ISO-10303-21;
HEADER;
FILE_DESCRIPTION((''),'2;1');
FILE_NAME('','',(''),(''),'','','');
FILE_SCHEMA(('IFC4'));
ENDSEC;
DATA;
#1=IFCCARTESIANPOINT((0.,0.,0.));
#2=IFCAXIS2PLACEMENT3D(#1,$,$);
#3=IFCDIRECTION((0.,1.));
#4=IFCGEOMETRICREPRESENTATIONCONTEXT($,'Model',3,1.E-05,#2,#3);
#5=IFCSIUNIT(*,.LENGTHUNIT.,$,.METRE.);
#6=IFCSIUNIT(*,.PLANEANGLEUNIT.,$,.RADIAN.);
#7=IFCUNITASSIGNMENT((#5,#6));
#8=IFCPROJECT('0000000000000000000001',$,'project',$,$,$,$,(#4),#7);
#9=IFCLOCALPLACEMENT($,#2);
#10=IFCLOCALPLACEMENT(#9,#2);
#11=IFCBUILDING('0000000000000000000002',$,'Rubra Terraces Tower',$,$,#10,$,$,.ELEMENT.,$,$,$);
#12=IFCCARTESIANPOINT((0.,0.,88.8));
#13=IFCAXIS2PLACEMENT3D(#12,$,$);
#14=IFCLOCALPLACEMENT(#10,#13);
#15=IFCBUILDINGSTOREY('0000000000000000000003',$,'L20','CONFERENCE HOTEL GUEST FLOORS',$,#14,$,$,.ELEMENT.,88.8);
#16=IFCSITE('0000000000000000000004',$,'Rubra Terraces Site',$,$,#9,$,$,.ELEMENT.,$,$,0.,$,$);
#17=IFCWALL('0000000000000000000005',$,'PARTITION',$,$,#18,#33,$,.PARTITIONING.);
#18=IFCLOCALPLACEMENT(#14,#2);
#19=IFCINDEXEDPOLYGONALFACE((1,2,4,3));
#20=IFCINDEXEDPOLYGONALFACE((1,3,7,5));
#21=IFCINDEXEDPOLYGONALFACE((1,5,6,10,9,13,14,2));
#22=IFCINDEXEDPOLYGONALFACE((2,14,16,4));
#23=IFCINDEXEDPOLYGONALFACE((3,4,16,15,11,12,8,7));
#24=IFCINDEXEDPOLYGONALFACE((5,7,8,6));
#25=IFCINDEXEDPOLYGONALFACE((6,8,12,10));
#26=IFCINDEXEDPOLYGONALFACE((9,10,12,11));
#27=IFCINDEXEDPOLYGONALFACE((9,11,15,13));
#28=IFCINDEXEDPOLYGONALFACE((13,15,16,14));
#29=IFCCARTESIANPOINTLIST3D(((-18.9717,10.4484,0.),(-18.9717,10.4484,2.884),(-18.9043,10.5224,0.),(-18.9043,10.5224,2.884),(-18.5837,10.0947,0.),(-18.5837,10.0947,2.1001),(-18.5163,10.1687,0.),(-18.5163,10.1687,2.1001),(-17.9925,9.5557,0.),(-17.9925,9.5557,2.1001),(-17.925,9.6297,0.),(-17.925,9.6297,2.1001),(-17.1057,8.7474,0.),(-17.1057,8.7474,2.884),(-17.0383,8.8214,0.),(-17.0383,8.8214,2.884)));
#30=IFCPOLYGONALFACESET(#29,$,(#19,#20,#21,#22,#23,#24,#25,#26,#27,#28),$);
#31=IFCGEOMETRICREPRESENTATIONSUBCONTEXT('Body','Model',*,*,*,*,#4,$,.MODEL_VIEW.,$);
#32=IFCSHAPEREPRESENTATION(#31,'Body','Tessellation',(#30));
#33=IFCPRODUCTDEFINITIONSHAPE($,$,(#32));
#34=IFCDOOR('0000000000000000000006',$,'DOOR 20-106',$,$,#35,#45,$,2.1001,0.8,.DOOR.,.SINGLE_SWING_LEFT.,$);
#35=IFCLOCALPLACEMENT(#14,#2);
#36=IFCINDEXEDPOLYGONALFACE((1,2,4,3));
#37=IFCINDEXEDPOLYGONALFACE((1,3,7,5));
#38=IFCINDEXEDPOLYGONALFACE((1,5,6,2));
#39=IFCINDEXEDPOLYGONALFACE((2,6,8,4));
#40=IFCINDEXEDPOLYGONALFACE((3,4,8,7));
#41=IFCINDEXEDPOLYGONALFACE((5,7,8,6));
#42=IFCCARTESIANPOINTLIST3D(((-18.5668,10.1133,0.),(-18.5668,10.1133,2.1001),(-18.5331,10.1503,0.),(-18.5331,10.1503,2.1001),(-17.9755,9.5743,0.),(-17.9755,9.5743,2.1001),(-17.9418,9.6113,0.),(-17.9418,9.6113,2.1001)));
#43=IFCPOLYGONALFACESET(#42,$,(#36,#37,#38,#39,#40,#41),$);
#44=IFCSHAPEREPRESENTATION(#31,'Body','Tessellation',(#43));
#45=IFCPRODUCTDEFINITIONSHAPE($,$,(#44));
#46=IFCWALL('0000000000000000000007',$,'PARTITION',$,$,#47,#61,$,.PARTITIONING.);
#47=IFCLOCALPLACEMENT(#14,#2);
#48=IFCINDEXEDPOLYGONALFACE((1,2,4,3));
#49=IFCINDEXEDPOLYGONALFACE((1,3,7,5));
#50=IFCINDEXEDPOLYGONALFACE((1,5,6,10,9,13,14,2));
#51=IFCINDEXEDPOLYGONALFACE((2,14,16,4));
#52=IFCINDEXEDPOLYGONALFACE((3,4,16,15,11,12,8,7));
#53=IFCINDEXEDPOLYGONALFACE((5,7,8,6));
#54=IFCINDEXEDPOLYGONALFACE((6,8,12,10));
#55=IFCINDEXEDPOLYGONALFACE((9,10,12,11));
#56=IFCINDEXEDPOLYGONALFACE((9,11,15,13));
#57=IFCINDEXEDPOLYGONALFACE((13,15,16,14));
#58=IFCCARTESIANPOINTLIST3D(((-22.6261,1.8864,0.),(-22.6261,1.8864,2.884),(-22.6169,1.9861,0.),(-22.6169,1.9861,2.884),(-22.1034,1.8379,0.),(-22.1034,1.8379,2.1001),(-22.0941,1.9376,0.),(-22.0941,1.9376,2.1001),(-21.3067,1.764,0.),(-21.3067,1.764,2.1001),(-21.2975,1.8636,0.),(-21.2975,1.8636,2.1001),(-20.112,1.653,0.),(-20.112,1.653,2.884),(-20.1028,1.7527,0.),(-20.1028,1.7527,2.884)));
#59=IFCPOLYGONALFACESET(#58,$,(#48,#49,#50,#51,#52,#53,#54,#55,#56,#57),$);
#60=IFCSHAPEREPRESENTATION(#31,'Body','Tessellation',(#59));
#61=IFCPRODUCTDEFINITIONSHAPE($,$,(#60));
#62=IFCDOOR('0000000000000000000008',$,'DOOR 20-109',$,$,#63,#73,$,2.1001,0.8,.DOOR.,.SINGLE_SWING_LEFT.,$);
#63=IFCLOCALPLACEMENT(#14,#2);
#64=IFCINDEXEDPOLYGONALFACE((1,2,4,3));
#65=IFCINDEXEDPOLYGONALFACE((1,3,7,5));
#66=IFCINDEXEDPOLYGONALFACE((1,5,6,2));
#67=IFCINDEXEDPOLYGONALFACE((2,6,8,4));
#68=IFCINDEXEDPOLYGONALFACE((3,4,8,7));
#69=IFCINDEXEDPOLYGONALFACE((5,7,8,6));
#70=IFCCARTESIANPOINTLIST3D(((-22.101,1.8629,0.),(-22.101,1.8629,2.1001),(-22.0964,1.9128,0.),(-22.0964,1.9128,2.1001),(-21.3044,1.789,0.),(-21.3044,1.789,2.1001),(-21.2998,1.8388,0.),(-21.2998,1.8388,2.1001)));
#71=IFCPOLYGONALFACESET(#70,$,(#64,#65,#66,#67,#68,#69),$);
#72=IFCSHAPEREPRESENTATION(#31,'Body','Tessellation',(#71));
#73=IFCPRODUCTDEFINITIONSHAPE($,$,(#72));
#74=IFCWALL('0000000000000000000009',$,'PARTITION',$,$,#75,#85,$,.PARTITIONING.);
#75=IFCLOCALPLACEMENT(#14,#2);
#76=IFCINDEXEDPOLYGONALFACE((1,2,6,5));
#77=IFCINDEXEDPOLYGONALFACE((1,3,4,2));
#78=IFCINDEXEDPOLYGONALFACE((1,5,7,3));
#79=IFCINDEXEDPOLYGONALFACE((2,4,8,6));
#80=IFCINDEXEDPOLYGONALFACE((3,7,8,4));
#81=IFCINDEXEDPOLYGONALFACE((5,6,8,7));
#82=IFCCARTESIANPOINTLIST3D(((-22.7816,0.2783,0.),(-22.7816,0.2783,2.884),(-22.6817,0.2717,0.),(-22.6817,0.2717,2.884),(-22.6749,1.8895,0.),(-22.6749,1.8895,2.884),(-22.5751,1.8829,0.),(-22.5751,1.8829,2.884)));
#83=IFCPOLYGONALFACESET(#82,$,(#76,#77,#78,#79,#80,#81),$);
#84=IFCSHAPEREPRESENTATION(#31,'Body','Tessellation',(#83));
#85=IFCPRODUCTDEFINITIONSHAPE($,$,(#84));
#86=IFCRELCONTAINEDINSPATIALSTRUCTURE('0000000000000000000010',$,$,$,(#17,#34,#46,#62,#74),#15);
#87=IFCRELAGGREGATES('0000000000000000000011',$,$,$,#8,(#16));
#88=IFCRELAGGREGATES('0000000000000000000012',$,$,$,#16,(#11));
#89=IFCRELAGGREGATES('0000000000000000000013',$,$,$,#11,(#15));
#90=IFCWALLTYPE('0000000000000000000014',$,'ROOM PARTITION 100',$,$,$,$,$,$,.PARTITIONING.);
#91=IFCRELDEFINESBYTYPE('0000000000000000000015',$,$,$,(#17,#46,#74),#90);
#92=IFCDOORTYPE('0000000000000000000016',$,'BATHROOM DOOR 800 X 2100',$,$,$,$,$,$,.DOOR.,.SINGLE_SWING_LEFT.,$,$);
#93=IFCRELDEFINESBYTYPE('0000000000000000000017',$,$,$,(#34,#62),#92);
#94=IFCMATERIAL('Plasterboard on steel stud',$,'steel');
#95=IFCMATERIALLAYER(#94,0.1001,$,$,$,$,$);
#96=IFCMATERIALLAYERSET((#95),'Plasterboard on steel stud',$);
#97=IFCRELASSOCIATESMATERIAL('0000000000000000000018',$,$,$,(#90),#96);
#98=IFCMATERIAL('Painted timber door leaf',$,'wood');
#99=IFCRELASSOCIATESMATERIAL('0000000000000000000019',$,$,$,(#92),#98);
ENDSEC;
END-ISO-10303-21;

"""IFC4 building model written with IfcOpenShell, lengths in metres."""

from ifc_helpers import new_model, si_unit, direction, frame, frame_2d, origin, place, context, subcontext, project, spatial, rectangle, extrude, material, layer, layer_set, type_object, element, fill, save


model = new_model("IFC4")

# Units and contexts
model_context = context("Model", 3, precision=1e-05, world=origin(), true_north=direction((0.0, 1.0)))
body_context = subcontext(model_context, "Body", "Model", "MODEL_VIEW")
ifc_project = project(units=[si_unit("LENGTHUNIT", "METRE"), si_unit("PLANEANGLEUNIT", "RADIAN")], contexts=[model_context])

# Site, building, storey
site_placement = place(None, origin())
site = spatial("IfcSite", under=ifc_project, at=site_placement, Name="Rubra Terraces Site", CompositionType="ELEMENT", RefElevation=0.0)
building_placement = place(site_placement, origin())
building = spatial("IfcBuilding", under=site, at=building_placement, Name="Rubra Terraces Tower", CompositionType="ELEMENT")
storey_placement = place(building_placement, frame((0.0, 0.0, 88.8)))
storey = spatial("IfcBuildingStorey", under=building, at=storey_placement, Name="L20", Description="CONFERENCE HOTEL GUEST FLOORS", CompositionType="ELEMENT", Elevation=88.8)

# Shared definitions
ifc_material_1 = material(Name="Painted timber door leaf", Category="wood")

# Walls, openings, doors
ifc_material_2 = material(Name="Plasterboard on steel stud", Category="steel")
ifc_layer_1 = layer(ifc_material_2, 0.1001)
ifc_layer_set_1 = layer_set([ifc_layer_1], Name="Plasterboard on steel stud")
wall_type_1 = type_object("IfcWallType", Name="ROOM PARTITION 100", PredefinedType="PARTITIONING", material=ifc_layer_set_1)
wall_1_placement = place(storey_placement, frame((-17.072, 8.7844, 0.0), z_axis=(0.0, 0.0, 1.0), x_axis=(-0.739034, 0.673668, 0.0)))
wall_1 = element("IfcWall", 1, at=wall_1_placement, inside=storey, type_object=wall_type_1, Name="PARTITION", PredefinedType="PARTITIONING", context=body_context, shape_type="SweptSolid", body=[
    extrude(rectangle(XDim=2.5249, YDim=0.1001, at=frame_2d((1.2625, 0.0))), origin(), (0.0, 0.0, 1.0), 2.884),
])
opening_1_placement = place(wall_1_placement, frame((1.2, 0.0, 0.0)))
opening_1 = element("IfcOpeningElement", 2, at=opening_1_placement, cuts=wall_1, PredefinedType="OPENING", context=body_context, shape_type="SweptSolid", body=[
    extrude(rectangle(XDim=0.8, YDim=2.1001, at=frame_2d((0.3999, 1.05))), frame((0.0, 0.0601, 0.0), z_axis=(0.0, -1.0, 0.0), x_axis=(1.0, 0.0, 0.0)), (0.0, 0.0, 1.0), 0.1201),
])
door_type_1 = type_object("IfcDoorType", Name="BATHROOM DOOR 800 X 2100", OperationType="SINGLE_SWING_LEFT", PredefinedType="DOOR", material=ifc_material_1)
door_1_placement = place(opening_1_placement, origin())
door_1 = element("IfcDoor", 3, at=door_1_placement, inside=storey, type_object=door_type_1, Name="DOOR 20-106", OperationType="SINGLE_SWING_LEFT", OverallHeight=2.1001, OverallWidth=0.8, PredefinedType="DOOR", context=body_context, shape_type="SweptSolid", body=[
    extrude(rectangle(XDim=0.8, YDim=2.1001, at=frame_2d((0.3999, 1.05))), frame((0.0, 0.0249, 0.0), z_axis=(0.0, -1.0, 0.0), x_axis=(1.0, 0.0, 0.0)), (0.0, 0.0, 1.0), 0.05),
])
fill(opening_1, door_1)
wall_2_placement = place(storey_placement, frame((-20.1074, 1.7029, 0.0), z_axis=(0.0, 0.0, 1.0), x_axis=(-0.995719, 0.092436, 0.0)))
wall_2 = element("IfcWall", 4, at=wall_2_placement, inside=storey, type_object=wall_type_1, Name="PARTITION", PredefinedType="PARTITIONING", context=body_context, shape_type="SweptSolid", body=[
    extrude(rectangle(XDim=2.5249, YDim=0.1001, at=frame_2d((1.2625, 0.0))), origin(), (0.0, 0.0, 1.0), 2.884),
])
opening_2_placement = place(wall_2_placement, frame((1.2, 0.0, 0.0)))
opening_2 = element("IfcOpeningElement", 5, at=opening_2_placement, cuts=wall_2, PredefinedType="OPENING", context=body_context, shape_type="SweptSolid", body=[
    extrude(rectangle(XDim=0.8, YDim=2.1001, at=frame_2d((0.3999, 1.05))), frame((0.0, 0.0601, 0.0), z_axis=(0.0, -1.0, 0.0), x_axis=(1.0, 0.0, 0.0)), (0.0, 0.0, 1.0), 0.1201),
])
door_2_placement = place(opening_2_placement, origin())
door_2 = element("IfcDoor", 6, at=door_2_placement, inside=storey, type_object=door_type_1, Name="DOOR 20-109", OperationType="SINGLE_SWING_LEFT", OverallHeight=2.1001, OverallWidth=0.8, PredefinedType="DOOR", context=body_context, shape_type="SweptSolid", body=[
    extrude(rectangle(XDim=0.8, YDim=2.1001, at=frame_2d((0.3999, 1.05))), frame((0.0, 0.0249, 0.0), z_axis=(0.0, -1.0, 0.0), x_axis=(1.0, 0.0, 0.0)), (0.0, 0.0, 1.0), 0.05),
])
fill(opening_2, door_2)

# Wall
wall_3_placement = place(storey_placement, frame((-22.625, 1.8862, 0.0), z_axis=(0.0, 0.0, 1.0), x_axis=(-0.066067, -0.997815, 0.0)))
element("IfcWall", 7, at=wall_3_placement, inside=storey, type_object=wall_type_1, Name="PARTITION", PredefinedType="PARTITIONING", context=body_context, shape_type="SweptSolid", body=[
    extrude(rectangle(XDim=1.6147, YDim=0.1001, at=frame_2d((0.8074, 0.0))), origin(), (0.0, 0.0, 1.0), 2.884),
])

save(model, "model.ifc")
